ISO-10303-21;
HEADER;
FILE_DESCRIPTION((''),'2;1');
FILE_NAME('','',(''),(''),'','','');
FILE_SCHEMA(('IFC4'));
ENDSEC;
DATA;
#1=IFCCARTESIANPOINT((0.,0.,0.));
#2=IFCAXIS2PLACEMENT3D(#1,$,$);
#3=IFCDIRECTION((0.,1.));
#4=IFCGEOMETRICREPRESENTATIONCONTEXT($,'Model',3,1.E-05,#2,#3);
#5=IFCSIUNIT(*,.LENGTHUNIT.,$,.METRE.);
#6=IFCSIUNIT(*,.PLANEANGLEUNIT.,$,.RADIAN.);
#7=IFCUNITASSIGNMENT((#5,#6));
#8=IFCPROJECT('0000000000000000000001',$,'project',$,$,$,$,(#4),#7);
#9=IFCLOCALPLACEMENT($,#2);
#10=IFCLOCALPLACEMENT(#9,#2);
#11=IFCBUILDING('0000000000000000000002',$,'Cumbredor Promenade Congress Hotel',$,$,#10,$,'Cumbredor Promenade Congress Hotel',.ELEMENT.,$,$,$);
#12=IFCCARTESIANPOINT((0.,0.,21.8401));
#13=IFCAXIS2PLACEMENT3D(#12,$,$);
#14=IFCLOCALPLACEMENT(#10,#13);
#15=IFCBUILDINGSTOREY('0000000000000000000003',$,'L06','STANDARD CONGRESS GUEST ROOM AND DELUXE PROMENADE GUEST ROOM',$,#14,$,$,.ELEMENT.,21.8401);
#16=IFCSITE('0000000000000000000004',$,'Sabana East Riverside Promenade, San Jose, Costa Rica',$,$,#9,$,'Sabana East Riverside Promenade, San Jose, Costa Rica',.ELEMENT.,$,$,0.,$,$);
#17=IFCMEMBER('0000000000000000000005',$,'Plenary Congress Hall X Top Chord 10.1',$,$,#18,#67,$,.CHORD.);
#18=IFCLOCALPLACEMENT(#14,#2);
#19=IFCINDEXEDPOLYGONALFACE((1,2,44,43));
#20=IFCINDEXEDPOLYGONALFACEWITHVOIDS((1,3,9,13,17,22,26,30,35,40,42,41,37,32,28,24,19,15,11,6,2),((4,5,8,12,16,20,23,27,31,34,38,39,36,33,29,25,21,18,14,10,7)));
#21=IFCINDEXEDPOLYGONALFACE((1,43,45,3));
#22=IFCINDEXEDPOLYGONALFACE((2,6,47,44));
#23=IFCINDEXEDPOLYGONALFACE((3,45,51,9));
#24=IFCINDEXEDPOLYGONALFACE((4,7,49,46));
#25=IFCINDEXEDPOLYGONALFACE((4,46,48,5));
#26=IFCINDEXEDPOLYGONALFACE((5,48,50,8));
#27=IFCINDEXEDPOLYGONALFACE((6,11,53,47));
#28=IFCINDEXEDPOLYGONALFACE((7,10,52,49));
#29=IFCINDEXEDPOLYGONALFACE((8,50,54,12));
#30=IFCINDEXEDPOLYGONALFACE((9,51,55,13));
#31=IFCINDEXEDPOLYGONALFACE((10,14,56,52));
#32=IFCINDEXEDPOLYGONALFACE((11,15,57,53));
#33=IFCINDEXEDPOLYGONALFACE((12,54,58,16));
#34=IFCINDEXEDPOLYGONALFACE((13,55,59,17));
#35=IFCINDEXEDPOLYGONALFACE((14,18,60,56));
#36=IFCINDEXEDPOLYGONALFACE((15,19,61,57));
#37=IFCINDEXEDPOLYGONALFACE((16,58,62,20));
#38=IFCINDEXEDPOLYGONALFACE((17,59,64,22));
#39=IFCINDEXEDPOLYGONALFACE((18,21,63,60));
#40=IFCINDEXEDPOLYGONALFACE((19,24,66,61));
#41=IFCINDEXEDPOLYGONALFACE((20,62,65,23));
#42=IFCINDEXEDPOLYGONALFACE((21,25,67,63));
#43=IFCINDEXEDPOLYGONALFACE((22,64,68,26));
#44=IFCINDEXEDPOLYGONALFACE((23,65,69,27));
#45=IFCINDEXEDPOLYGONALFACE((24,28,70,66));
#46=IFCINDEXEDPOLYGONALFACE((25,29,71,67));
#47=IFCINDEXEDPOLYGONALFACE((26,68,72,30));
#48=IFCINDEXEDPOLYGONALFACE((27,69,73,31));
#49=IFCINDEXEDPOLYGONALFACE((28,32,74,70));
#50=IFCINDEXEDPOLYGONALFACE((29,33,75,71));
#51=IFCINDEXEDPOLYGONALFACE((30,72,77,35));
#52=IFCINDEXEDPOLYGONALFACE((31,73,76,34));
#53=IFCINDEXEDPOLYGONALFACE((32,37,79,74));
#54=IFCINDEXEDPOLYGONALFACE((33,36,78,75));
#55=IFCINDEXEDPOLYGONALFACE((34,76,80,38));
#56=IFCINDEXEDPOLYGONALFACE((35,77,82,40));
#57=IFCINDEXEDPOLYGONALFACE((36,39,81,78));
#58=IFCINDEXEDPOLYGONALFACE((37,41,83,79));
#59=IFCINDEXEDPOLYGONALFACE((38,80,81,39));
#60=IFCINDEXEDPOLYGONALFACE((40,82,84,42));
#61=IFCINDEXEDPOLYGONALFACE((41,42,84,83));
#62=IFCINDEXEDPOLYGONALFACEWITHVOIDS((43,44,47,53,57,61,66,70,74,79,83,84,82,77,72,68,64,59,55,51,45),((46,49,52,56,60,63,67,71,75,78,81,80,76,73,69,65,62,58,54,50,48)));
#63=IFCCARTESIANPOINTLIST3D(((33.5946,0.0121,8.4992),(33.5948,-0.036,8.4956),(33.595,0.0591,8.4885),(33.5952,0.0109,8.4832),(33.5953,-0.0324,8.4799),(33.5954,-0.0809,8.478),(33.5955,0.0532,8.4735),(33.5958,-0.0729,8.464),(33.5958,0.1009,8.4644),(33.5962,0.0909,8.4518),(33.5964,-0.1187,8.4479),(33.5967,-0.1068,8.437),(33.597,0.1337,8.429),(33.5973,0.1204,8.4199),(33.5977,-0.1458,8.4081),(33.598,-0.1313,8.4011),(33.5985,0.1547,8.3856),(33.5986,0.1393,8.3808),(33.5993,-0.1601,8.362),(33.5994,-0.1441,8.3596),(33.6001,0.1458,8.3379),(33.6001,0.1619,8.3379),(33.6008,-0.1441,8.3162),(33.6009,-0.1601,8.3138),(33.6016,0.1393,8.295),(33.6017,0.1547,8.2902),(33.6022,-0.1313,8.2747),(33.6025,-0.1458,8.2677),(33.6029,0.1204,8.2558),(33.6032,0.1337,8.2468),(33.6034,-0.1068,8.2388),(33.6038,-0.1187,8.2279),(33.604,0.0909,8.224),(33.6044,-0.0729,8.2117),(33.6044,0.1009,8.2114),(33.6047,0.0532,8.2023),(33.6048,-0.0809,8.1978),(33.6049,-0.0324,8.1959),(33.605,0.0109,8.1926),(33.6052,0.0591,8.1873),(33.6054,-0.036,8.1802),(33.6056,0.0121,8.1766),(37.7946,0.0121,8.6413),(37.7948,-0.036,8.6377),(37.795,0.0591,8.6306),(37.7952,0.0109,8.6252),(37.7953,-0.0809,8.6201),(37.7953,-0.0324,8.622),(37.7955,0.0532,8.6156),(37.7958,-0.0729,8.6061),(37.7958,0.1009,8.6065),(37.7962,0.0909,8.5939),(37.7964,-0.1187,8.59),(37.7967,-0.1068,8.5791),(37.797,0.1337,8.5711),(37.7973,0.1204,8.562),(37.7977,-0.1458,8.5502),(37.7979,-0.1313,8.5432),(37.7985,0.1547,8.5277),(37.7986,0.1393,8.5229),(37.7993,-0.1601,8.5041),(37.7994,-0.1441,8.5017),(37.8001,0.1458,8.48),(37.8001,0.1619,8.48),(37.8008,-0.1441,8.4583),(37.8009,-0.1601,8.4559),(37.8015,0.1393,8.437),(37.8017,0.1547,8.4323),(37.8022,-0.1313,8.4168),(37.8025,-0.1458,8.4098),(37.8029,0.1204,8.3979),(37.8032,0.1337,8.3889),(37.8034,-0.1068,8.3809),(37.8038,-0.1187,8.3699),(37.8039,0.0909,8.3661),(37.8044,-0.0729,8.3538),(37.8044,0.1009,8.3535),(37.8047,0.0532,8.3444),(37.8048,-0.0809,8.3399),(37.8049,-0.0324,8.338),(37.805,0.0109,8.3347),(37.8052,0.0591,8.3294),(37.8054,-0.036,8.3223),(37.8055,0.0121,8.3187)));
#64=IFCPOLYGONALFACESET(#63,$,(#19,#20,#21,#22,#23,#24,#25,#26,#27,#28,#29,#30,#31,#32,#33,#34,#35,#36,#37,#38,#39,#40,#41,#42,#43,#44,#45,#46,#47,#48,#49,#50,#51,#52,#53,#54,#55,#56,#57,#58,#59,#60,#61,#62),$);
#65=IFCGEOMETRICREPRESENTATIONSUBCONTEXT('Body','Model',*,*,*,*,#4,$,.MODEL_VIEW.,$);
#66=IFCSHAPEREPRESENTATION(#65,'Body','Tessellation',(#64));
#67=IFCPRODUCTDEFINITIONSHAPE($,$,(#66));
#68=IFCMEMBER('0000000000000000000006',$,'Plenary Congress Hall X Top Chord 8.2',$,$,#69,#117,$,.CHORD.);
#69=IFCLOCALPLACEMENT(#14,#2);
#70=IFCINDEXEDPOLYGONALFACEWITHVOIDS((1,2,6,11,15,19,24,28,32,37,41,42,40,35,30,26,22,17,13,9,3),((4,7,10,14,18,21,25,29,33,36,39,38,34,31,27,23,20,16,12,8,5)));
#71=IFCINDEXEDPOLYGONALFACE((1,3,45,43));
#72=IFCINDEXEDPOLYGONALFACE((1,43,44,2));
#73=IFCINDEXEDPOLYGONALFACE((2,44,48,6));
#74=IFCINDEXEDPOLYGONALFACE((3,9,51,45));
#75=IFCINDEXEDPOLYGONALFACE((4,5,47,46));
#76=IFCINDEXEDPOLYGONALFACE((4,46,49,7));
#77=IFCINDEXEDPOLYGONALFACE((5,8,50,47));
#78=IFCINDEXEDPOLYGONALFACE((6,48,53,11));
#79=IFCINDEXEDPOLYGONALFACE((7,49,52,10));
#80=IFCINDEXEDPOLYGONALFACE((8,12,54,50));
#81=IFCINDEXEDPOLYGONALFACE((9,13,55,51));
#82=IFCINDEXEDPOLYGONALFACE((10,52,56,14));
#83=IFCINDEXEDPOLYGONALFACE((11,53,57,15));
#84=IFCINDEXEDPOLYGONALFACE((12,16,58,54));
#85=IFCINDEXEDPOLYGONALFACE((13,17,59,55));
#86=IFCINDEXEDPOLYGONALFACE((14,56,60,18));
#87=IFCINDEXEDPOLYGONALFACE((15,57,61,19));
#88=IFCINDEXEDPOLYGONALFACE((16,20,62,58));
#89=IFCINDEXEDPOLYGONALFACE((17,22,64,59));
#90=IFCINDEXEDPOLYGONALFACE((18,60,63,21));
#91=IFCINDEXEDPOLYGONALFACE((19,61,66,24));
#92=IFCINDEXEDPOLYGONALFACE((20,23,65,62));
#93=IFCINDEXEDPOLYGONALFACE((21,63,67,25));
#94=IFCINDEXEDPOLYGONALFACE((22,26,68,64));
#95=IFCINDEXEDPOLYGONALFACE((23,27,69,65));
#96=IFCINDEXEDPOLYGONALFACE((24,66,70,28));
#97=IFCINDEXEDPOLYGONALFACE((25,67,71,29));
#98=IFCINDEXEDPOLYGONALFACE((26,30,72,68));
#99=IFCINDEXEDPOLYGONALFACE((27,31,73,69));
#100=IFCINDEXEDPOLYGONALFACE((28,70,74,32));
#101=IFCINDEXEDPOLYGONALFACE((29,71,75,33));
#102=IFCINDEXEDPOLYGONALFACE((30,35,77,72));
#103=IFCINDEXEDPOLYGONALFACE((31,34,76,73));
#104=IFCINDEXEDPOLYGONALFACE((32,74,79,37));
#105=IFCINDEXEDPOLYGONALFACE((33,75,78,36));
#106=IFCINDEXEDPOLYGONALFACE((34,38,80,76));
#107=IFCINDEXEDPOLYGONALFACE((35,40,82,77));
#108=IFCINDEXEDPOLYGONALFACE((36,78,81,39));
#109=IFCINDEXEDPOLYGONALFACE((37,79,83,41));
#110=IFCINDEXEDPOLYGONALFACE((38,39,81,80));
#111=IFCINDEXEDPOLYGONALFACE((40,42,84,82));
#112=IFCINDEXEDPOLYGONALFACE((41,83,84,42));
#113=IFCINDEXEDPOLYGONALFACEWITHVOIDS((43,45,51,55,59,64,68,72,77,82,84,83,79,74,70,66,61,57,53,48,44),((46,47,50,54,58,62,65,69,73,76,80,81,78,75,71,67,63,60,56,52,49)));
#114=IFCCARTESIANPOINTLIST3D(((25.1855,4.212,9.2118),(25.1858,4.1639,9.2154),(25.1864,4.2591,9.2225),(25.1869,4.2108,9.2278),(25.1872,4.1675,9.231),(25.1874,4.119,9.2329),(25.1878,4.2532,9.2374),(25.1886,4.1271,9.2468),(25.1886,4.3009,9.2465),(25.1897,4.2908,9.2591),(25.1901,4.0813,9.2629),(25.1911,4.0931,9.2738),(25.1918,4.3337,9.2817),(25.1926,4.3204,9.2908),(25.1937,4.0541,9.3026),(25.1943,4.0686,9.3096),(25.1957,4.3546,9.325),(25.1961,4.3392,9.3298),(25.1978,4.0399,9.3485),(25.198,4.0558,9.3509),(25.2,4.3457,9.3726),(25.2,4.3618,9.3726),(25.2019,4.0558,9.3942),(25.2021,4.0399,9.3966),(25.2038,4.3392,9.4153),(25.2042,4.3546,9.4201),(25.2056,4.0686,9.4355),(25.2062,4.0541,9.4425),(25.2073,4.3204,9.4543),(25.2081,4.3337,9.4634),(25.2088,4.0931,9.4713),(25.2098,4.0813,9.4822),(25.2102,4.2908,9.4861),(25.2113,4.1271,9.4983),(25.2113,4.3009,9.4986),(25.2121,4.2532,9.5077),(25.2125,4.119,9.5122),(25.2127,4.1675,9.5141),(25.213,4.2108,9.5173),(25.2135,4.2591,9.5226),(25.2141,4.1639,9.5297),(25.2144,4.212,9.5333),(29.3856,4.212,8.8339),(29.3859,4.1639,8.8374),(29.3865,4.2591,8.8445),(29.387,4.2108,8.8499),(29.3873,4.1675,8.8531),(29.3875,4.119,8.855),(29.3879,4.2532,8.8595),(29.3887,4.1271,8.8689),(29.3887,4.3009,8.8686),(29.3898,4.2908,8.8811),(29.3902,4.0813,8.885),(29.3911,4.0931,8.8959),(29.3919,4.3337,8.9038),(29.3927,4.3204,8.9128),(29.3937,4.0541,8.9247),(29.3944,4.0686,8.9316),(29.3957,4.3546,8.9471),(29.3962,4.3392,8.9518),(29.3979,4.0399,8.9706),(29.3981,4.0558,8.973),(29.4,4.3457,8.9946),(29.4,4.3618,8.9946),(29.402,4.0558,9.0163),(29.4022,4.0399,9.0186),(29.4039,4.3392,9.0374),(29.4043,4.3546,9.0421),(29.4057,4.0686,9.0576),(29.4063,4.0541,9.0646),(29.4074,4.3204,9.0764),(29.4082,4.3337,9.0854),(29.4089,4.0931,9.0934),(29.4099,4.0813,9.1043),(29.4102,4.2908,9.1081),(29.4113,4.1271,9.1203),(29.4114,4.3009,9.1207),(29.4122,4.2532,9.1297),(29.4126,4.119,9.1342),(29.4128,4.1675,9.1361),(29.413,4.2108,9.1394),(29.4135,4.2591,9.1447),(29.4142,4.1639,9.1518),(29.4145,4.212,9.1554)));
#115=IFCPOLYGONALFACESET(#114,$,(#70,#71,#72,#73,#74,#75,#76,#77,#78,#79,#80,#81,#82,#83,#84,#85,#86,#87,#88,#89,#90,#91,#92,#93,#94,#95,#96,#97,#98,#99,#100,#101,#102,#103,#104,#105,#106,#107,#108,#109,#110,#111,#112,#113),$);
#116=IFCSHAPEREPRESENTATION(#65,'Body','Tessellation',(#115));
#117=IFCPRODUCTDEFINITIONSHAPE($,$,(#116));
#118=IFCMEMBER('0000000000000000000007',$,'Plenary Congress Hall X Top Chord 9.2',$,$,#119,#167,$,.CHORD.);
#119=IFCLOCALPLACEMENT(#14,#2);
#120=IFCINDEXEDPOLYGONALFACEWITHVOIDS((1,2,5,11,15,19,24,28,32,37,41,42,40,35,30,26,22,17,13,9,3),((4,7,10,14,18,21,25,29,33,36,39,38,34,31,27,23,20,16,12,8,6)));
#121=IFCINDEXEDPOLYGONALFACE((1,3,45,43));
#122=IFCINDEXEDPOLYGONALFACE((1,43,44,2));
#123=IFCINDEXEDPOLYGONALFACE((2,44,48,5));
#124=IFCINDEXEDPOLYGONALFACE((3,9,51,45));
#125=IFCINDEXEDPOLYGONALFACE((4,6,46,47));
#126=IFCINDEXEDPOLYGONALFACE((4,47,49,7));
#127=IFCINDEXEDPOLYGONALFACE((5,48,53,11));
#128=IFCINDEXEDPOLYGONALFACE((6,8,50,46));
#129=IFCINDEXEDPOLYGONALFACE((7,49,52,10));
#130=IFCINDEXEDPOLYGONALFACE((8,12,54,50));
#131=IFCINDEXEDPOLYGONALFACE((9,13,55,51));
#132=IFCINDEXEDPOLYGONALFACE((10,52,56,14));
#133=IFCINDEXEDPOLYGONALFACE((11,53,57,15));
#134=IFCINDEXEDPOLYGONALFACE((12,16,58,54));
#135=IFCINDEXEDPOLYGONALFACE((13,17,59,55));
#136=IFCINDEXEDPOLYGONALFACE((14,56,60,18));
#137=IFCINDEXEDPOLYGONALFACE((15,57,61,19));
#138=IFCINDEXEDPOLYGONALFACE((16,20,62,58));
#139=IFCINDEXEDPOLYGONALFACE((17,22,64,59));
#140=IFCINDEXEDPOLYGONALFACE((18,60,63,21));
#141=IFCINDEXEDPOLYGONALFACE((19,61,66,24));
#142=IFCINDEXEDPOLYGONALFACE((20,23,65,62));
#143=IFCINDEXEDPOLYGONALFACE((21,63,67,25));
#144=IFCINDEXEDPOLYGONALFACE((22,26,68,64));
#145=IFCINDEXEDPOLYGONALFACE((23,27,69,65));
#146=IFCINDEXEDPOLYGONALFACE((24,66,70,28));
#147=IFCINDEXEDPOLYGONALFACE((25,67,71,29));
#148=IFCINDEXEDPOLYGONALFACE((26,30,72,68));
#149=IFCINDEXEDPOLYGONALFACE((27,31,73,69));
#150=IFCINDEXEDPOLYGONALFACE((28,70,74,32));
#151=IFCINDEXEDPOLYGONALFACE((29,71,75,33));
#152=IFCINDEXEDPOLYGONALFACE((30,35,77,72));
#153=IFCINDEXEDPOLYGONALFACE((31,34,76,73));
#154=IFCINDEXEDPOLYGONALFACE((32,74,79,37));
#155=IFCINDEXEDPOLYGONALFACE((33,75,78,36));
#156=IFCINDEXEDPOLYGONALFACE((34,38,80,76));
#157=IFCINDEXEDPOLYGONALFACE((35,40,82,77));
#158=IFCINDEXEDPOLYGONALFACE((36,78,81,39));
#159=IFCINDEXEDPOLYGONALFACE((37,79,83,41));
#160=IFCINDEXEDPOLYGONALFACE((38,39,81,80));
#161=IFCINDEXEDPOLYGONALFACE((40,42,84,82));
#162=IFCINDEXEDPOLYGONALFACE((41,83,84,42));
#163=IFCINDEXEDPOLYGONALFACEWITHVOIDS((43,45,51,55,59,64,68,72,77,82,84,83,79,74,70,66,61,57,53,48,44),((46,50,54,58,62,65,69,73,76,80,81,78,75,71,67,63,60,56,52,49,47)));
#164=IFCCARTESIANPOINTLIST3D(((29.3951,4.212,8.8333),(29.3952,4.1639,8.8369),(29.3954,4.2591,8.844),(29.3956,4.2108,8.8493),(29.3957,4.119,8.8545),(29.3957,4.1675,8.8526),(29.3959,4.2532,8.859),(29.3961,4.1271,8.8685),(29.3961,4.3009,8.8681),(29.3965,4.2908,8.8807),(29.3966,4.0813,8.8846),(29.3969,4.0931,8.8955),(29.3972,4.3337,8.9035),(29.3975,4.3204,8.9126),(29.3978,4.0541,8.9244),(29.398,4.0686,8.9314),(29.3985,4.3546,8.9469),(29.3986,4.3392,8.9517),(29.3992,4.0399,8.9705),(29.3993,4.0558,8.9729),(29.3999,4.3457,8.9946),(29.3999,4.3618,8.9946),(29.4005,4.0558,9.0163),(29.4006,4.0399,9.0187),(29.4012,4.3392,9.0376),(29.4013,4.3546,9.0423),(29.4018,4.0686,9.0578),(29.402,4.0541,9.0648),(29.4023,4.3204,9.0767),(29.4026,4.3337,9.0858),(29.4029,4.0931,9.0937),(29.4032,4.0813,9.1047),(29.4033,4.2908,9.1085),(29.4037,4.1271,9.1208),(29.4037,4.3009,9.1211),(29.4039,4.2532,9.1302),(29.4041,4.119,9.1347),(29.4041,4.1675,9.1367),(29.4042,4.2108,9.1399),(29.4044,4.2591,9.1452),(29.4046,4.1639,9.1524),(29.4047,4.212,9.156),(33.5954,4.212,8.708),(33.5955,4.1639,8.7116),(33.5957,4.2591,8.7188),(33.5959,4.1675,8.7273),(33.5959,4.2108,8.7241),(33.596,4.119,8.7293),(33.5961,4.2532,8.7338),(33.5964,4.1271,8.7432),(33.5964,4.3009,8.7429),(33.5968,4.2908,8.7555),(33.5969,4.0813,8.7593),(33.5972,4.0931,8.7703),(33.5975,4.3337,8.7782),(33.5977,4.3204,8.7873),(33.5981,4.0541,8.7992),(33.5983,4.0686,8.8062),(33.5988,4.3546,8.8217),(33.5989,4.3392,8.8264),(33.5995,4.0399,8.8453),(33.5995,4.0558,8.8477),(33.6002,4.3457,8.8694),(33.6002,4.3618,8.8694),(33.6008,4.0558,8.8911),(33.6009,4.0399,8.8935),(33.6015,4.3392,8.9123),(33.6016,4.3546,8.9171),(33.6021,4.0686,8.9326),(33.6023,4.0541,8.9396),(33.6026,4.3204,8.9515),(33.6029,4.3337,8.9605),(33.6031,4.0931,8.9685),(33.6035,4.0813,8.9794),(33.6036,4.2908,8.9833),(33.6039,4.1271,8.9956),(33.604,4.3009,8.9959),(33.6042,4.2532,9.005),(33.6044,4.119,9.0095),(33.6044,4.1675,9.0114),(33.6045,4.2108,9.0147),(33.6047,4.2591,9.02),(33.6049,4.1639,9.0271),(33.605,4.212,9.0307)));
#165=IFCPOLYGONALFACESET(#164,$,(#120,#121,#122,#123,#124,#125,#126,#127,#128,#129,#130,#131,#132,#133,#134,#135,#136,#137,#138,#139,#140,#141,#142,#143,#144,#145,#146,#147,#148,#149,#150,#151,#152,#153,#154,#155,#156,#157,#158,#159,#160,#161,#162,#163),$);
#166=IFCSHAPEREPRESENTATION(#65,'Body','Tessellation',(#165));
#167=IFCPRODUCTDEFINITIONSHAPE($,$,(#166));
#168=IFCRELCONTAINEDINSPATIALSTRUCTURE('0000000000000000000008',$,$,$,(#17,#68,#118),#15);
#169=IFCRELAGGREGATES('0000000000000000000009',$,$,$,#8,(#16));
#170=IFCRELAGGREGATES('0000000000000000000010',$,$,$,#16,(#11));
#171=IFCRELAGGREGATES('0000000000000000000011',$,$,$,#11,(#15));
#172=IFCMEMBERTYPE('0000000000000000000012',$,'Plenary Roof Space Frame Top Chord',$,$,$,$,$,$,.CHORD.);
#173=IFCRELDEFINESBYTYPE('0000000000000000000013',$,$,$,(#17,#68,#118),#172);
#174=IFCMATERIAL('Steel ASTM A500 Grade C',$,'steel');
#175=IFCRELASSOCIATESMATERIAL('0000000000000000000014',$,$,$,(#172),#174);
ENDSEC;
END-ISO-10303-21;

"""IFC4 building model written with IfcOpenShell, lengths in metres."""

from ifc_helpers import new_model, si_unit, direction, frame, origin, origin_2d, place, context, subcontext, project, spatial, hollow_circle, extrude, material, material_profile, profile_set, type_object, element, save


model = new_model("IFC4")

# Units and contexts
model_context = context("Model", 3, precision=1e-05, world=origin(), true_north=direction((0.0, 1.0)))
body_context = subcontext(model_context, "Body", "Model", "MODEL_VIEW")
ifc_project = project(units=[si_unit("LENGTHUNIT", "METRE"), si_unit("PLANEANGLEUNIT", "RADIAN")], contexts=[model_context])

# Site, building, storey
site_placement = place(None, origin())
site = spatial("IfcSite", under=ifc_project, at=site_placement, Name="Sabana East Riverside Promenade, San Jose, Costa Rica", LongName="Sabana East Riverside Promenade, San Jose, Costa Rica", CompositionType="ELEMENT", RefElevation=0.0)
building_placement = place(site_placement, origin())
building = spatial("IfcBuilding", under=site, at=building_placement, Name="Cumbredor Promenade Congress Hotel", LongName="Cumbredor Promenade Congress Hotel", CompositionType="ELEMENT")
storey_placement = place(building_placement, frame((0.0, 0.0, 21.8401)))
storey = spatial("IfcBuildingStorey", under=building, at=storey_placement, Name="L06", Description="STANDARD CONGRESS GUEST ROOM AND DELUXE PROMENADE GUEST ROOM", CompositionType="ELEMENT", Elevation=21.8401)

# Members
ifc_material_1 = material(Name="Steel ASTM A500 Grade C", Category="steel")
ifc_material_profile_1 = material_profile(ifc_material_1, hollow_circle(Radius=0.1619, WallThickness=0.0161, at=origin_2d()), Name="CHS 323.9x16")
ifc_profile_set_1 = profile_set([ifc_material_profile_1], Name="Steel ASTM A500 Grade C")
member_type_1 = type_object("IfcMemberType", Name="Plenary Roof Space Frame Top Chord", PredefinedType="CHORD", material=ifc_profile_set_1)
member_1_placement = place(storey_placement, frame((33.6001, 0.0, 8.3379), z_axis=(0.999428, 0.0, 0.033812), x_axis=(0.0, 1.0, 0.0)))
element("IfcMember", 1, at=member_1_placement, inside=storey, type_object=member_type_1, Name="Plenary Congress Hall X Top Chord 10.1", PredefinedType="CHORD", context=body_context, shape_type="SweptSolid", body=[
    extrude(hollow_circle(Radius=0.1619, WallThickness=0.0161, at=origin_2d()), origin(), (0.0, 0.0, 1.0), 4.2024),
])
member_2_placement = place(storey_placement, frame((25.2, 4.2, 9.3726), z_axis=(0.995976, 0.0, -0.089622), x_axis=(0.0, 1.0, 0.0)))
element("IfcMember", 2, at=member_2_placement, inside=storey, type_object=member_type_1, Name="Plenary Congress Hall X Top Chord 8.2", PredefinedType="CHORD", context=body_context, shape_type="SweptSolid", body=[
    extrude(hollow_circle(Radius=0.1619, WallThickness=0.0161, at=origin_2d()), origin(), (0.0, 0.0, 1.0), 4.217),
])
member_3_placement = place(storey_placement, frame((29.3999, 4.2, 8.9946), z_axis=(0.999556, 0.0, -0.029805), x_axis=(0.0, 1.0, 0.0)))
element("IfcMember", 3, at=member_3_placement, inside=storey, type_object=member_type_1, Name="Plenary Congress Hall X Top Chord 9.2", PredefinedType="CHORD", context=body_context, shape_type="SweptSolid", body=[
    extrude(hollow_circle(Radius=0.1619, WallThickness=0.0161, at=origin_2d()), origin(), (0.0, 0.0, 1.0), 4.2021),
])

save(model, "model.ifc")
